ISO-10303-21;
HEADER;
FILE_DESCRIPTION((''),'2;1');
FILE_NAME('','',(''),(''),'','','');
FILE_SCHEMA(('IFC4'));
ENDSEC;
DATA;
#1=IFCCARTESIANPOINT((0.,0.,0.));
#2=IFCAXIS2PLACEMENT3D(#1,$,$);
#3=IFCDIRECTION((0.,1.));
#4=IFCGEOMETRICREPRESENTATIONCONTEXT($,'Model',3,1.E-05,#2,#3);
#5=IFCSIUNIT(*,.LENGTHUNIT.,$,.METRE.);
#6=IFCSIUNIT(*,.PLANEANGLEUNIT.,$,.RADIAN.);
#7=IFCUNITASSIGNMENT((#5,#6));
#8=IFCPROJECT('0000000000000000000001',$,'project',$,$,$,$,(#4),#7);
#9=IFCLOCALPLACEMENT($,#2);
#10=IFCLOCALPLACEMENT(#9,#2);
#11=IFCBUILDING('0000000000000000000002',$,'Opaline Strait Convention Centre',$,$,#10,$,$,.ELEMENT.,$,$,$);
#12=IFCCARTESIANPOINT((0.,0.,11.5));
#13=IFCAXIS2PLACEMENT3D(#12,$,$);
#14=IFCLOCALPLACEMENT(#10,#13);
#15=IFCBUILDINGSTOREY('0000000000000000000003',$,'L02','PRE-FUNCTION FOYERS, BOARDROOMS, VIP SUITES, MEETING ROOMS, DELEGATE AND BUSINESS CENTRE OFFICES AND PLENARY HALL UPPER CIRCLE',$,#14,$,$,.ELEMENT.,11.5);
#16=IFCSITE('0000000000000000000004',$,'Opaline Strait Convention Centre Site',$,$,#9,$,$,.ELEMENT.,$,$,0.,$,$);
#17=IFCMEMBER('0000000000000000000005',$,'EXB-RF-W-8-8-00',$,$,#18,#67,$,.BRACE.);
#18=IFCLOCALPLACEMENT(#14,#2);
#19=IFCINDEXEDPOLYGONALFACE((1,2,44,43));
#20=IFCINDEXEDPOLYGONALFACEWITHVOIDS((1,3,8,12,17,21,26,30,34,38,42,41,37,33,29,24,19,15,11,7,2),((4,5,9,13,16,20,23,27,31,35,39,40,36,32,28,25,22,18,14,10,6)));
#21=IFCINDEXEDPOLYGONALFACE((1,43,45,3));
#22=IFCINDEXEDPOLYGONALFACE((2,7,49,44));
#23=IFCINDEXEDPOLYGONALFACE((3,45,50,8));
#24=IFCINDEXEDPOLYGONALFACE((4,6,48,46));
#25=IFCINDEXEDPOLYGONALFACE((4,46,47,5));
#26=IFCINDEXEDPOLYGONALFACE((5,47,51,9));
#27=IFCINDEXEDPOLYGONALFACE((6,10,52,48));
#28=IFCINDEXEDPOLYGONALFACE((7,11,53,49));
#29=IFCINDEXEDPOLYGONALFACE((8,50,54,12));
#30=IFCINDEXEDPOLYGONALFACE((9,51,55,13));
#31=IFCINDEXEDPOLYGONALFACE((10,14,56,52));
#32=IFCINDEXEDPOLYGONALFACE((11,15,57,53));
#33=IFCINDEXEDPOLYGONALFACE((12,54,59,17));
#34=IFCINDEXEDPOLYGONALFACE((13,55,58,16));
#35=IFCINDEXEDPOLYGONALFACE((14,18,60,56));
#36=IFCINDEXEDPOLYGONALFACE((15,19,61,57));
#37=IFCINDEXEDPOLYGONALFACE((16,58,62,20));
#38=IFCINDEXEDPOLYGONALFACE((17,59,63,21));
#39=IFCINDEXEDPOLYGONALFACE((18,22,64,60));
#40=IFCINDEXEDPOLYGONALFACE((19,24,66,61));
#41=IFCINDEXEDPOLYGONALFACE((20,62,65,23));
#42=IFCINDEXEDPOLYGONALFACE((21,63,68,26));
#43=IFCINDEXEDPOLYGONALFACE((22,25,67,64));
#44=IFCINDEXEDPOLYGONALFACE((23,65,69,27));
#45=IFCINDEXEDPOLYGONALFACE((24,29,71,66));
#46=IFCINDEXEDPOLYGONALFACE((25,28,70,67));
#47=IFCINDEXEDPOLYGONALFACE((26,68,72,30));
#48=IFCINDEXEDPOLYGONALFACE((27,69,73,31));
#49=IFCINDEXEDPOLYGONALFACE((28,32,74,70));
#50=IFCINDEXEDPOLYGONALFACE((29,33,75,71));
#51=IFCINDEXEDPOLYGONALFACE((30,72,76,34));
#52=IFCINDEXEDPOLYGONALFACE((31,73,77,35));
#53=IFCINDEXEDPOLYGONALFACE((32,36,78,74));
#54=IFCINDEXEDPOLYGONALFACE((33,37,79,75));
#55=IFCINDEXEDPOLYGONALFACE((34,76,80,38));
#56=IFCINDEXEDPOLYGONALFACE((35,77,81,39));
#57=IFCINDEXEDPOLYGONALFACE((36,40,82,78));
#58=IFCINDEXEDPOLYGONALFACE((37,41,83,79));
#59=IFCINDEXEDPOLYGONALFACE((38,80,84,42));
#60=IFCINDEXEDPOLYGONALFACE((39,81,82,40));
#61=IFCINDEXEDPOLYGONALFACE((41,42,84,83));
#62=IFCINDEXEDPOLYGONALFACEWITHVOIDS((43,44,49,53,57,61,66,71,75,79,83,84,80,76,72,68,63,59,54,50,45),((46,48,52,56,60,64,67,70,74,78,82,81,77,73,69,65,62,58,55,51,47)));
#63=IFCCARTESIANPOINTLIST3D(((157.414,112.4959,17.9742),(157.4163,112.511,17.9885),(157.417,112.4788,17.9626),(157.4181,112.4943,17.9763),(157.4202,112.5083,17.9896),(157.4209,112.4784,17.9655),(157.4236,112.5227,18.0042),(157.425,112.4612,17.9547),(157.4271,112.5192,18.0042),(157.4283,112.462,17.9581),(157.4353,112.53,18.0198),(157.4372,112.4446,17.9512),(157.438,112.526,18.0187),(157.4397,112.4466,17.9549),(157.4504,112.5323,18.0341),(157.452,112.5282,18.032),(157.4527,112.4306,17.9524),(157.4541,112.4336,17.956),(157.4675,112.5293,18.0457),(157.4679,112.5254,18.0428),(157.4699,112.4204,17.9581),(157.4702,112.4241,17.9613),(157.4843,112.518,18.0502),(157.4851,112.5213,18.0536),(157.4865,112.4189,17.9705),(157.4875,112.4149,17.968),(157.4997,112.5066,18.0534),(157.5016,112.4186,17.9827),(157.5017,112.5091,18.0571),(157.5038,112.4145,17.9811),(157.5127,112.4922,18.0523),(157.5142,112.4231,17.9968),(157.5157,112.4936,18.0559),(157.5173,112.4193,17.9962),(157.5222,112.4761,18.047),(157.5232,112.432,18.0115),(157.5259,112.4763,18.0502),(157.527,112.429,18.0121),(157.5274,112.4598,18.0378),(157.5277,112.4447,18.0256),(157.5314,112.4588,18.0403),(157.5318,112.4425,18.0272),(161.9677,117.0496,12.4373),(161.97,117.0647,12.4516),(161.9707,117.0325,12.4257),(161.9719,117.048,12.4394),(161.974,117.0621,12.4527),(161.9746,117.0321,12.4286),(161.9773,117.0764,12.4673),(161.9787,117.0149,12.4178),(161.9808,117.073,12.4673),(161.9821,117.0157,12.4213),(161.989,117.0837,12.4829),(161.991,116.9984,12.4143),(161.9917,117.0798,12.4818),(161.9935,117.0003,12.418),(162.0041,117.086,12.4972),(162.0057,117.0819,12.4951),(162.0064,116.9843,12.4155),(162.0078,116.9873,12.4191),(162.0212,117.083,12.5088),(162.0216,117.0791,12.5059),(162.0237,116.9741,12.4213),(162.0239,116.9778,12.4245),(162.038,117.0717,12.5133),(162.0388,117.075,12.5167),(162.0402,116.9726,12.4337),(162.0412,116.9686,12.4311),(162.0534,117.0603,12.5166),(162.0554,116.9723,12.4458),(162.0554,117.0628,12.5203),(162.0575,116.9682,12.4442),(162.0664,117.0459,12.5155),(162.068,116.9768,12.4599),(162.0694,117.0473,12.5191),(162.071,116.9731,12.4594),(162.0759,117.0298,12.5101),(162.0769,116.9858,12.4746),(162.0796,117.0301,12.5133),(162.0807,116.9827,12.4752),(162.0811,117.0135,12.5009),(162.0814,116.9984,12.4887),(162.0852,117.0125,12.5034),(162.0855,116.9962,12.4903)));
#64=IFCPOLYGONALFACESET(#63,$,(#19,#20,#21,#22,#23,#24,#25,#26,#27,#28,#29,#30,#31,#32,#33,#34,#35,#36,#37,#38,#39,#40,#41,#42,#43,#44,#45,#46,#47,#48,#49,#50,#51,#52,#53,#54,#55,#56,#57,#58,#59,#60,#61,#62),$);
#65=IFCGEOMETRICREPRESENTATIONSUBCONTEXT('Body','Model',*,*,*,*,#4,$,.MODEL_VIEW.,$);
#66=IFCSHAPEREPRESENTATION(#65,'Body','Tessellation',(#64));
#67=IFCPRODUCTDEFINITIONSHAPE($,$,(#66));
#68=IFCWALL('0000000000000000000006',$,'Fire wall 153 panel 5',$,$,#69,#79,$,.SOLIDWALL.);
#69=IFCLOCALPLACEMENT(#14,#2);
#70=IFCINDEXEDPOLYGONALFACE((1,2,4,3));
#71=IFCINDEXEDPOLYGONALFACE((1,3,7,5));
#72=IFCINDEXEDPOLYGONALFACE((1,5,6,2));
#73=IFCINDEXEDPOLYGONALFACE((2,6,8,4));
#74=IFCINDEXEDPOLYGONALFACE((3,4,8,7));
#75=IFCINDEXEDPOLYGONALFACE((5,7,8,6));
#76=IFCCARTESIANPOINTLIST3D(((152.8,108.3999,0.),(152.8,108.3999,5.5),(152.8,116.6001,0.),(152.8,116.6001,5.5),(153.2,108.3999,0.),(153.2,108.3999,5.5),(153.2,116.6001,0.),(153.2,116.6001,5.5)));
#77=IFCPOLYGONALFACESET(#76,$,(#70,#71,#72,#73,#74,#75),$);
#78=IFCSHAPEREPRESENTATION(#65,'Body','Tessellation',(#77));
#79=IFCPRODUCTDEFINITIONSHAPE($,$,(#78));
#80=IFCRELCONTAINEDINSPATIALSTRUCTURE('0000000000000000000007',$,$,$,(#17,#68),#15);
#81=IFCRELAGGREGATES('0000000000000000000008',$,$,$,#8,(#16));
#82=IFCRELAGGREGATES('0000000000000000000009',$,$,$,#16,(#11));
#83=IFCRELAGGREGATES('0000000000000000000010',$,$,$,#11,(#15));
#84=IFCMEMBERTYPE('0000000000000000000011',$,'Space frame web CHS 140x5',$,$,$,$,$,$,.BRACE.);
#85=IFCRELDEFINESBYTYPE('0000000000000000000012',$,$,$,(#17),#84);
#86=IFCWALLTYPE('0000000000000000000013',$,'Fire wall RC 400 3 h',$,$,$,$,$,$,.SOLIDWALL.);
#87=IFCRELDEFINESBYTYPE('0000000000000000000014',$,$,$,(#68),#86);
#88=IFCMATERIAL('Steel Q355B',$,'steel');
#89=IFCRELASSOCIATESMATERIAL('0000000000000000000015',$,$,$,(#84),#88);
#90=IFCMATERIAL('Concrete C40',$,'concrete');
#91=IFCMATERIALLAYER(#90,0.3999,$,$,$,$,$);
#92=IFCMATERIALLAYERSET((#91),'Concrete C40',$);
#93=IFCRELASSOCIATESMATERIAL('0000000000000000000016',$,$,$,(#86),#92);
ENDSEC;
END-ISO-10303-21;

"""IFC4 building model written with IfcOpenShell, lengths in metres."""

from ifc_helpers import new_model, si_unit, direction, frame, frame_2d, origin, origin_2d, place, context, subcontext, project, spatial, rectangle, hollow_circle, extrude, material, layer, layer_set, material_profile, profile_set, type_object, element, save


model = new_model("IFC4")

# Units and contexts
model_context = context("Model", 3, precision=1e-05, world=origin(), true_north=direction((0.0, 1.0)))
body_context = subcontext(model_context, "Body", "Model", "MODEL_VIEW")
ifc_project = project(units=[si_unit("LENGTHUNIT", "METRE"), si_unit("PLANEANGLEUNIT", "RADIAN")], contexts=[model_context])

# Site, building, storey
site_placement = place(None, origin())
site = spatial("IfcSite", under=ifc_project, at=site_placement, Name="Opaline Strait Convention Centre Site", CompositionType="ELEMENT", RefElevation=0.0)
building_placement = place(site_placement, origin())
building = spatial("IfcBuilding", under=site, at=building_placement, Name="Opaline Strait Convention Centre", CompositionType="ELEMENT")
storey_placement = place(building_placement, frame((0.0, 0.0, 11.5)))
storey = spatial("IfcBuildingStorey", under=building, at=storey_placement, Name="L02", Description="PRE-FUNCTION FOYERS, BOARDROOMS, VIP SUITES, MEETING ROOMS, DELEGATE AND BUSINESS CENTRE OFFICES AND PLENARY HALL UPPER CIRCLE", CompositionType="ELEMENT", Elevation=11.5)

# Shared definitions
ifc_material_1 = material(Name="Concrete C40", Category="concrete")

# Member
ifc_material_2 = material(Name="Steel Q355B", Category="steel")
ifc_material_profile_1 = material_profile(ifc_material_2, hollow_circle(Radius=0.0701, WallThickness=0.0049, at=origin_2d()), Name="CHS 140x5")
ifc_profile_set_1 = profile_set([ifc_material_profile_1], Name="Steel Q355B")
member_type_1 = type_object("IfcMemberType", Name="Space frame web CHS 140x5", PredefinedType="BRACE", material=ifc_profile_set_1)
for number, where, z_axis, x_axis, name in (
    (1, (157.4731, 112.4731, 18.0042), (0.536178, 0.536178, -0.65194), (-0.707107, 0.707107, 0.0), "EXB-RF-W-8-8-00"),
):
    element("IfcMember", number, at=place(storey_placement, frame(where, z_axis=z_axis, x_axis=x_axis)), inside=storey, type_object=member_type_1, Name=name, PredefinedType="BRACE", context=body_context, shape_type="SweptSolid", body=[
        extrude(hollow_circle(Radius=0.0701, WallThickness=0.0049, at=origin_2d()), origin(), (0.0, 0.0, 1.0), 8.4929),
    ])

# Wall
ifc_layer = layer(ifc_material_1, 0.3999)
ifc_layer_set = layer_set([ifc_layer], Name="Concrete C40")
wall_type = type_object("IfcWallType", Name="Fire wall RC 400 3 h", PredefinedType="SOLIDWALL", material=ifc_layer_set)
wall_placement = place(storey_placement, frame((153.0, 108.3999, 0.0), z_axis=(0.0, 0.0, 1.0), x_axis=(0.0, 1.0, 0.0)))
element("IfcWall", 2, at=wall_placement, inside=storey, type_object=wall_type, Name="Fire wall 153 panel 5", PredefinedType="SOLIDWALL", context=body_context, shape_type="SweptSolid", body=[
    extrude(rectangle(XDim=8.2002, YDim=0.3999, at=frame_2d((4.1001, 0.0))), origin(), (0.0, 0.0, 1.0), 5.5),
])

save(model, "model.ifc")
